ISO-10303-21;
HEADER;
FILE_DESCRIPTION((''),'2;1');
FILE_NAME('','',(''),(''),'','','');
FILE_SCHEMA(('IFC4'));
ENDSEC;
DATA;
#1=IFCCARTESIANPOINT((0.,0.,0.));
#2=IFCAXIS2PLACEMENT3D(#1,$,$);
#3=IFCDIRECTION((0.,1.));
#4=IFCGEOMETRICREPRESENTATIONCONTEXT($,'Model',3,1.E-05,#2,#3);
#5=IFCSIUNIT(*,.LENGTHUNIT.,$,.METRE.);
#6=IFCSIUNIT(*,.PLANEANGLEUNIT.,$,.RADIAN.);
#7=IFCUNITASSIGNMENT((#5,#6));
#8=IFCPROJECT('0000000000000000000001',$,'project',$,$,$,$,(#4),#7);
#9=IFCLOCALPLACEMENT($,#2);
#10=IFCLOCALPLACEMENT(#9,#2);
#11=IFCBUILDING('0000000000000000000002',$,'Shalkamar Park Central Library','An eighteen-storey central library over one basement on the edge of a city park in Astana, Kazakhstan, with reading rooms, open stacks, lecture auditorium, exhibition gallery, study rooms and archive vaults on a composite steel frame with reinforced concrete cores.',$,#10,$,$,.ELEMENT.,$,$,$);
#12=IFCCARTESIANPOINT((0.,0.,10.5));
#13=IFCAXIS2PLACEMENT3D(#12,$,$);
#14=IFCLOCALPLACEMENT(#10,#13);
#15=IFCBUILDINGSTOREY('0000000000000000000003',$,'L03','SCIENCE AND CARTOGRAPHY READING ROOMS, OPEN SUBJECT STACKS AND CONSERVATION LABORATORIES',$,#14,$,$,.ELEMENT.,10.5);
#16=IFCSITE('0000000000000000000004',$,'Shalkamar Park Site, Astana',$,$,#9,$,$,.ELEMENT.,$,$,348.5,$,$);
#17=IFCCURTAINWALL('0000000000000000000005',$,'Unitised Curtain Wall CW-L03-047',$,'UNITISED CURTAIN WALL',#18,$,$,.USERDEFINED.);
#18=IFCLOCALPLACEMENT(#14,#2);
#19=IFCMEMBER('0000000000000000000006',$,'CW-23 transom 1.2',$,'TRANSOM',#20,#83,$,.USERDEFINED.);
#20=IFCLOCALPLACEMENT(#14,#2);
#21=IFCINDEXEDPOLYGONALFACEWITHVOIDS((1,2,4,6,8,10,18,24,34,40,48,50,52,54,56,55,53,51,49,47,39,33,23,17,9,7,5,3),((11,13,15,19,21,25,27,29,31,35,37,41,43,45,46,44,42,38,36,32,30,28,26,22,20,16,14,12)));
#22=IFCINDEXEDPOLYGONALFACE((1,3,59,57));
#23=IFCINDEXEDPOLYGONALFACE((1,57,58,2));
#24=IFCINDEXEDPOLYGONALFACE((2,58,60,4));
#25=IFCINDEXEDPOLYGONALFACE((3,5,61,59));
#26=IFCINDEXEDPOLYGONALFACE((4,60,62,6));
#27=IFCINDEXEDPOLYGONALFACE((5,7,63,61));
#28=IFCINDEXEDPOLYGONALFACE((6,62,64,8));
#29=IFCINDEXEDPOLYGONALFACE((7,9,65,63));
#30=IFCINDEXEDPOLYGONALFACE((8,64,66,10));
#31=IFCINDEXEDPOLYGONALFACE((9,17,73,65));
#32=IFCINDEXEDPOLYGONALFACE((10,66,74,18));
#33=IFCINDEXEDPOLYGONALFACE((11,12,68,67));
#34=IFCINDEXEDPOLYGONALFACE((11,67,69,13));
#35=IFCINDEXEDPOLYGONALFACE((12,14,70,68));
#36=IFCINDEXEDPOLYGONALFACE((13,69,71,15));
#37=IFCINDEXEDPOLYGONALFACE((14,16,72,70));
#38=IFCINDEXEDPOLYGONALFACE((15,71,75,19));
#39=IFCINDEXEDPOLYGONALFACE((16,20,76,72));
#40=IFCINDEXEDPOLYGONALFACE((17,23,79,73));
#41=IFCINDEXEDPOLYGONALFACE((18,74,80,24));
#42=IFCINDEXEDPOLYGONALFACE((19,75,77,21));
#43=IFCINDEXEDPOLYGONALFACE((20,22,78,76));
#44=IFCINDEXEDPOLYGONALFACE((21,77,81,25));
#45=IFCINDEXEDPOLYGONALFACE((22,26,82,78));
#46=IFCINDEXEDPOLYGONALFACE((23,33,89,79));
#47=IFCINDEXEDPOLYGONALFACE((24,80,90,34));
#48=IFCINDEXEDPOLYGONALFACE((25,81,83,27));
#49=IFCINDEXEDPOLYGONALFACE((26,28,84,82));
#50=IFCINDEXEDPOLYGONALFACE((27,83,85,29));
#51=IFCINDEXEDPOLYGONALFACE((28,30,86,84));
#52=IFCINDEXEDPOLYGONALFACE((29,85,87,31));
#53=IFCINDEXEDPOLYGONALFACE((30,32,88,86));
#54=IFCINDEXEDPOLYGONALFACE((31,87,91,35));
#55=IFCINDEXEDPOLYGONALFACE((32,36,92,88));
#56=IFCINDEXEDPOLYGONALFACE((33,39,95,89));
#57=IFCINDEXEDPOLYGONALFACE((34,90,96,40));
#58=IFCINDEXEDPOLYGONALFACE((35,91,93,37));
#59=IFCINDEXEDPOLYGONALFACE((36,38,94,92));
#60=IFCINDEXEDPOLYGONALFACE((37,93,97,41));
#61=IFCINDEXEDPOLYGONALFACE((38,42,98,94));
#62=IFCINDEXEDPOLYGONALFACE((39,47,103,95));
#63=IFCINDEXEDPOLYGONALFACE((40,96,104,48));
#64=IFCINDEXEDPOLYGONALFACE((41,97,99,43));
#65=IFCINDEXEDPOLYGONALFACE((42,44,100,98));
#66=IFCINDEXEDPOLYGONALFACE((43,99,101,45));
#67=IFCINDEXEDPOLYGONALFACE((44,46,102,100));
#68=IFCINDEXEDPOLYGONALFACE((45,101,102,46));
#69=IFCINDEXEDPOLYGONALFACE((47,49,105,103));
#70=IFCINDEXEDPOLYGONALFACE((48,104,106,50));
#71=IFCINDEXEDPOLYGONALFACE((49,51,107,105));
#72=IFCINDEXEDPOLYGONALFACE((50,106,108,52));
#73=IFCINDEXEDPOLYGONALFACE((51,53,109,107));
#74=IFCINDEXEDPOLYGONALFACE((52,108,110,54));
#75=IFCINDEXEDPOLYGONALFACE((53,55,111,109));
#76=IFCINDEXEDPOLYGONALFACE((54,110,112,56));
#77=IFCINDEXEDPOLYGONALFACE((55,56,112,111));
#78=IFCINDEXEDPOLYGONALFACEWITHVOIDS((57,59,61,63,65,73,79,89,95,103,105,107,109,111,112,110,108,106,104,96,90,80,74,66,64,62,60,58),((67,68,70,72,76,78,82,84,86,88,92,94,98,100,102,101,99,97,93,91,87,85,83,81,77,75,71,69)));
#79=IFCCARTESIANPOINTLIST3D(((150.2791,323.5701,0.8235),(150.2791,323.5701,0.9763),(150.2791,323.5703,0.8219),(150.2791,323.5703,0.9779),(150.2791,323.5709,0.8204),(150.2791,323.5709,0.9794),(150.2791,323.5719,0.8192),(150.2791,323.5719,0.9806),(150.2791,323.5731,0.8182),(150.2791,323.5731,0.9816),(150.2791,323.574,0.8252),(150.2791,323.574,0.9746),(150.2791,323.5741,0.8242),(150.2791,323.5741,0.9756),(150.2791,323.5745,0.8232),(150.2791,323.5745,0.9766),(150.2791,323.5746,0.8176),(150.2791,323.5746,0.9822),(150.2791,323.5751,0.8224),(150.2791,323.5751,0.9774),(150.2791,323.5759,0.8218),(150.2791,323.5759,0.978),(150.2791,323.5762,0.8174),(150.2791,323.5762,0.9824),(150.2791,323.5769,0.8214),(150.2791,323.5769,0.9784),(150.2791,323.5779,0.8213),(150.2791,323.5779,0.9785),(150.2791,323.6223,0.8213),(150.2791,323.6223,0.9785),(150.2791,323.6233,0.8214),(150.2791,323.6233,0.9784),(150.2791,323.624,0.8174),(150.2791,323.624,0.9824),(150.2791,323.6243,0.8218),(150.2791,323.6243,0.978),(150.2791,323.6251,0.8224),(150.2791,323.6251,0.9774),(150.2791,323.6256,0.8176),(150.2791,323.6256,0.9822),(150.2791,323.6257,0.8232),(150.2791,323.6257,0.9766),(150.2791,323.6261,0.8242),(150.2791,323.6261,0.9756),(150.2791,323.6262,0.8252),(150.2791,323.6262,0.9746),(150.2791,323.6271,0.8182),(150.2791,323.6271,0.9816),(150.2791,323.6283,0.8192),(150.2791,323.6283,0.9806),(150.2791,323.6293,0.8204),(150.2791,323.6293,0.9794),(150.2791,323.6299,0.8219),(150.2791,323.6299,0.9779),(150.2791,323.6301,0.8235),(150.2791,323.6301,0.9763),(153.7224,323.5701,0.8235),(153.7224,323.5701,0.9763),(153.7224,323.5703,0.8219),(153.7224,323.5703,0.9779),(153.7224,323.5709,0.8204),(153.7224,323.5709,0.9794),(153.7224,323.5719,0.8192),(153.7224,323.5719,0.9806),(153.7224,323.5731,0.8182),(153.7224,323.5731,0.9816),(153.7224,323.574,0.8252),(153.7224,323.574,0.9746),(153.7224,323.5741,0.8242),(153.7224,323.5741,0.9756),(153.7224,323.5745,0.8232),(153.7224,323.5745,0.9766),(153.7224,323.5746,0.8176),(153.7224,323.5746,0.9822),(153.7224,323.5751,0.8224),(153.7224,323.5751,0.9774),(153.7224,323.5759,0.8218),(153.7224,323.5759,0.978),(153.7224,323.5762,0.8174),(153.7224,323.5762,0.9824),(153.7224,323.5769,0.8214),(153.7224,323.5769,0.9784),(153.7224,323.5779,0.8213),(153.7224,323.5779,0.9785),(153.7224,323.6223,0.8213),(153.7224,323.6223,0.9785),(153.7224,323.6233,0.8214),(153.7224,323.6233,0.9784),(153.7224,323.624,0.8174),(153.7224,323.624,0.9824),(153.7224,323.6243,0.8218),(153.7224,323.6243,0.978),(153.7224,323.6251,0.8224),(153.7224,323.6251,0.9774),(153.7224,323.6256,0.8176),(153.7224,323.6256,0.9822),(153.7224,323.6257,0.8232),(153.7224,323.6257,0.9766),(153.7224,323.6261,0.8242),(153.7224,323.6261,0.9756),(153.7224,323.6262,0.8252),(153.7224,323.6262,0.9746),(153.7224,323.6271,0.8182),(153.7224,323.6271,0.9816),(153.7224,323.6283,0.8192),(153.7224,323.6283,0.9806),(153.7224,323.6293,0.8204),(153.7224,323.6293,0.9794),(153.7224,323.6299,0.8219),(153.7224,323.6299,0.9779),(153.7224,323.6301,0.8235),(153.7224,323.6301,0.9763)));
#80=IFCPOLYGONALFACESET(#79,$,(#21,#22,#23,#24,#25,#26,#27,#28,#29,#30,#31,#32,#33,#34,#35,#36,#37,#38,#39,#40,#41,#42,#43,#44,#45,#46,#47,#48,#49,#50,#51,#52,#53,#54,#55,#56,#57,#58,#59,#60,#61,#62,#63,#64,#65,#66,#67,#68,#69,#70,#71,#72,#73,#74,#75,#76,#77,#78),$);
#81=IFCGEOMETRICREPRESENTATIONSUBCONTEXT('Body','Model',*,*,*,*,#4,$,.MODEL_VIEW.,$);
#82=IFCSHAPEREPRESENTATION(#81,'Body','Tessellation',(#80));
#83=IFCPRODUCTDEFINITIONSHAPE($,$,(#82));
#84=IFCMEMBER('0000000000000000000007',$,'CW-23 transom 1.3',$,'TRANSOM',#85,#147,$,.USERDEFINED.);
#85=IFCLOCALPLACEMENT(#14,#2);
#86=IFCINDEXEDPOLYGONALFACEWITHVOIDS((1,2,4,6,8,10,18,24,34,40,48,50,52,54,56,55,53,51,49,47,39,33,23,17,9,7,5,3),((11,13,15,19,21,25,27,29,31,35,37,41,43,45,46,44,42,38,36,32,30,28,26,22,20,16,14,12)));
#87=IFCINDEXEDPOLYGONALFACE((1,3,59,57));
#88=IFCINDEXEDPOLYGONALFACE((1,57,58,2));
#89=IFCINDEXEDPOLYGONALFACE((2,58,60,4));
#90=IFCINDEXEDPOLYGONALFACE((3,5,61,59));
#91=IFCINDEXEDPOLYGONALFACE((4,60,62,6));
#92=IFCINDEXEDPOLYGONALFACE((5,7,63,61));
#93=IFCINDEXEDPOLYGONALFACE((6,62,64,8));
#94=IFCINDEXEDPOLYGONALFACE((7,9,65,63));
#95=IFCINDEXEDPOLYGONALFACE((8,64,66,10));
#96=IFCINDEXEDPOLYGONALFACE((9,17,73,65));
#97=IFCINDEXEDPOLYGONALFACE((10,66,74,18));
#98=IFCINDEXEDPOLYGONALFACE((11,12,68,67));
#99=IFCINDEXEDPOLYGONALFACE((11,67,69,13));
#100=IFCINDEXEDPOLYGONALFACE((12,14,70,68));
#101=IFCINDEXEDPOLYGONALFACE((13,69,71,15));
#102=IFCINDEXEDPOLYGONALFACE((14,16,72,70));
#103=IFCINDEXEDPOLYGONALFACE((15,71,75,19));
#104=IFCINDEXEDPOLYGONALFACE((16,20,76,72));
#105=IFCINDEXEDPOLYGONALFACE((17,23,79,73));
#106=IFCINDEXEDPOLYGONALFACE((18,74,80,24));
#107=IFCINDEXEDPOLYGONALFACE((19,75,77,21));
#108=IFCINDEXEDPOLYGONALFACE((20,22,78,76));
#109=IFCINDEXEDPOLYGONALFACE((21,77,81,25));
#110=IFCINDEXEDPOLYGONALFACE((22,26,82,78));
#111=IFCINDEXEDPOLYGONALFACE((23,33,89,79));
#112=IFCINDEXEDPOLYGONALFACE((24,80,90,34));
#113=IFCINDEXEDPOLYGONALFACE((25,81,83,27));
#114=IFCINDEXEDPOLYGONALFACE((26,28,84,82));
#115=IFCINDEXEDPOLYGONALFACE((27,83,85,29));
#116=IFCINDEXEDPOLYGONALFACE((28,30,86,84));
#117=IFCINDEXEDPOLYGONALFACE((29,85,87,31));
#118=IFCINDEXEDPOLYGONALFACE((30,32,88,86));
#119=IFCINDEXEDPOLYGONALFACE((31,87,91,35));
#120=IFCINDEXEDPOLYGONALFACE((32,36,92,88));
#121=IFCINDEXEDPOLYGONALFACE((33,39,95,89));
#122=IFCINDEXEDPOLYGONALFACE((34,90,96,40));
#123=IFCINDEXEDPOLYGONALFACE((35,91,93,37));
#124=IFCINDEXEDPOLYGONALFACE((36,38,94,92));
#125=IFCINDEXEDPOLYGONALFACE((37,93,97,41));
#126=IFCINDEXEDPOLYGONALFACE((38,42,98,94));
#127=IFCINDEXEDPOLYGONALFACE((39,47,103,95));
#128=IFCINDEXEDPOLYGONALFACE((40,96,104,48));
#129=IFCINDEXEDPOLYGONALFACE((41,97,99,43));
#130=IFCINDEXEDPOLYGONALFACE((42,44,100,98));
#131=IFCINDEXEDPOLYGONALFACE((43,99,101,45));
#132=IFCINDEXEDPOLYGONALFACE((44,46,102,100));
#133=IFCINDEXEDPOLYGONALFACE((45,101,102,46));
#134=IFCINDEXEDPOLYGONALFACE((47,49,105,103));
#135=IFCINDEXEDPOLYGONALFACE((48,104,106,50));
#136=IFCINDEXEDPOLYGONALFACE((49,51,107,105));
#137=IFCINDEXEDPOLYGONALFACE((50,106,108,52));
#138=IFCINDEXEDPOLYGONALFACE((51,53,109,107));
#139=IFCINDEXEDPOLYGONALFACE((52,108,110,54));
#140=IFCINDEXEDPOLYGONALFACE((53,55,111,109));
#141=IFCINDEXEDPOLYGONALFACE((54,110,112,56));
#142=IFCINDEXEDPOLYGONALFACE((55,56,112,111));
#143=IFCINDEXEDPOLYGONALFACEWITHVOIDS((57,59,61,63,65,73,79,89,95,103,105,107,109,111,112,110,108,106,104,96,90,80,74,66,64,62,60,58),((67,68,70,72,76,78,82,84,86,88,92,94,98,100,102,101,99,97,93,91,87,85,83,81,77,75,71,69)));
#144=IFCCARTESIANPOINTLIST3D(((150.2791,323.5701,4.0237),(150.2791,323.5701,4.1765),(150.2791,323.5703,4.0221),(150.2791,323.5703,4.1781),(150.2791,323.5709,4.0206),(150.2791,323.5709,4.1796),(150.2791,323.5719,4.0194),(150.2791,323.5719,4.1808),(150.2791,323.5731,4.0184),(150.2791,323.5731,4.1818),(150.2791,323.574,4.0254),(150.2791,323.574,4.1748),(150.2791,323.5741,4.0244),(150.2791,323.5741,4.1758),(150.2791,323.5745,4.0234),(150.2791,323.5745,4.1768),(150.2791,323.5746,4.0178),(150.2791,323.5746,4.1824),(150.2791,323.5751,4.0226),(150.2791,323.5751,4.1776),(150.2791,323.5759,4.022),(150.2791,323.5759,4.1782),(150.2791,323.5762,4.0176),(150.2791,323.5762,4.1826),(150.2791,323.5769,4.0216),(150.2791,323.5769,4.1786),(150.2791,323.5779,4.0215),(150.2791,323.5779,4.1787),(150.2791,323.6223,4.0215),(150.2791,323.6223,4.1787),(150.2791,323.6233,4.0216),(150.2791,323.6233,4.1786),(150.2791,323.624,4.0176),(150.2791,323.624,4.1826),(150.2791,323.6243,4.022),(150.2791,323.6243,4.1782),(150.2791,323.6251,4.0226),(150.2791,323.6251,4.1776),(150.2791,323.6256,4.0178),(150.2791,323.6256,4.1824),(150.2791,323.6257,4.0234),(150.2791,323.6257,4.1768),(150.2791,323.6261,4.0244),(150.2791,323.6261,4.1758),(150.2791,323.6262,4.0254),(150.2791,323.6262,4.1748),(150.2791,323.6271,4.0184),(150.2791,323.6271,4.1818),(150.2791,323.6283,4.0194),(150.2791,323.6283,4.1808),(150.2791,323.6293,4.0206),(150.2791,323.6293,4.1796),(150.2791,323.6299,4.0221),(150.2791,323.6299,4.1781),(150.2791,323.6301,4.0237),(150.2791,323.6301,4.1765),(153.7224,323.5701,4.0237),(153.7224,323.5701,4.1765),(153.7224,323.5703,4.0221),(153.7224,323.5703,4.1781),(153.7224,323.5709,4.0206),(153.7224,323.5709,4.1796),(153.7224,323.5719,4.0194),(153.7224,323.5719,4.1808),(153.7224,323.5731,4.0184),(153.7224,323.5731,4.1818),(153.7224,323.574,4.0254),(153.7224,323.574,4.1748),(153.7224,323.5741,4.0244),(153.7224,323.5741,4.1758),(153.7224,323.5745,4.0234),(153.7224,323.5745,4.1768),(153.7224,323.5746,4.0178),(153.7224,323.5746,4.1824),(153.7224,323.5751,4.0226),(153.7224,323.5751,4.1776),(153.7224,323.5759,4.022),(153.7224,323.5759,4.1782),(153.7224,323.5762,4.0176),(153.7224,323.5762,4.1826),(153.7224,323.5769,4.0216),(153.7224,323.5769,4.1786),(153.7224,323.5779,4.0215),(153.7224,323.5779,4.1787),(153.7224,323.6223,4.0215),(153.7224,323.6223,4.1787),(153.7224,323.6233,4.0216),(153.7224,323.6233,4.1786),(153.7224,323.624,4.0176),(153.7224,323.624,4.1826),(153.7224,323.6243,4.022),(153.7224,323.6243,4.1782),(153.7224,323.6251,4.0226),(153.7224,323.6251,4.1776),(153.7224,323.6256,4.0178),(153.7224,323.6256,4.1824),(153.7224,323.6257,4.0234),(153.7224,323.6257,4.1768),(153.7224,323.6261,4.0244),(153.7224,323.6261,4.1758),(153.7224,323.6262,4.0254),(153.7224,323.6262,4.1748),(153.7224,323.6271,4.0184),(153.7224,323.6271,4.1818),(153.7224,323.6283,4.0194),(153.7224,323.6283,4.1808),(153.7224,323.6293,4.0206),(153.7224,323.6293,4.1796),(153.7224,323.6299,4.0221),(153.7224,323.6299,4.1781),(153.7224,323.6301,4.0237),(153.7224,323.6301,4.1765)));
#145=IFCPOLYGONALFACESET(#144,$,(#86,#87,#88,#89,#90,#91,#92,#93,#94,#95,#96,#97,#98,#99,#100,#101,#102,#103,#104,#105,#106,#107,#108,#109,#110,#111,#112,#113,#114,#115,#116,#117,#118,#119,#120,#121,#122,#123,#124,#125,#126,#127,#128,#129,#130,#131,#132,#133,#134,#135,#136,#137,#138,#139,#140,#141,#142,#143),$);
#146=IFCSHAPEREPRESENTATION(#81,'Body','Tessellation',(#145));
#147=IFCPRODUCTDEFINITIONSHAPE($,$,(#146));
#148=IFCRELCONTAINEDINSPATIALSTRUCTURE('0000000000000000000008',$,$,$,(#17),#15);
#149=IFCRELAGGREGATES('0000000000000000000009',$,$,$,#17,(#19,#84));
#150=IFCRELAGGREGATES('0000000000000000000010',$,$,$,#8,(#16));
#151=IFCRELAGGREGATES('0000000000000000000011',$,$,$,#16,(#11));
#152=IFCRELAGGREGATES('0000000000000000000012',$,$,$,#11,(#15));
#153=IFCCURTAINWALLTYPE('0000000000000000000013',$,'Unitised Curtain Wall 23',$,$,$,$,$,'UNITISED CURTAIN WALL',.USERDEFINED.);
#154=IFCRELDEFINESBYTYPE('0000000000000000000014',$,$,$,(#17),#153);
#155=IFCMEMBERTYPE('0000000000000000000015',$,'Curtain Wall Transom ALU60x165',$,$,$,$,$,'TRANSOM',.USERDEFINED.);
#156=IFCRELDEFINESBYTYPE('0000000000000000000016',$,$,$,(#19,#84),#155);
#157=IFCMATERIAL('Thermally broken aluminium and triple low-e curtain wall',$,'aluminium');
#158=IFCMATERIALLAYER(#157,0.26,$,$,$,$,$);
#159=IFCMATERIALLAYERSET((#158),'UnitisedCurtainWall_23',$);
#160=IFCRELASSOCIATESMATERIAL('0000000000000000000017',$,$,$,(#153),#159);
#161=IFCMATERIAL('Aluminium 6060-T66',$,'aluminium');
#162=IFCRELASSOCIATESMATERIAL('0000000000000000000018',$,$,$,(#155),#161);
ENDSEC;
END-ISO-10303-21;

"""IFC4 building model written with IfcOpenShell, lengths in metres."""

from ifc_helpers import new_model, si_unit, direction, frame, origin, origin_2d, place, context, subcontext, project, spatial, hollow_rectangle, extrude, material, layer, layer_set, material_profile, profile_set, type_object, element, aggregate, save


model = new_model("IFC4")

# Units and contexts
model_context = context("Model", 3, precision=1e-05, world=origin(), true_north=direction((0.0, 1.0)))
body_context = subcontext(model_context, "Body", "Model", "MODEL_VIEW")
ifc_project = project(units=[si_unit("LENGTHUNIT", "METRE"), si_unit("PLANEANGLEUNIT", "RADIAN")], contexts=[model_context])

# Site, building, storey
site_placement = place(None, origin())
site = spatial("IfcSite", under=ifc_project, at=site_placement, Name="Shalkamar Park Site, Astana", CompositionType="ELEMENT", RefElevation=348.5)
building_placement = place(site_placement, origin())
building = spatial("IfcBuilding", under=site, at=building_placement, Name="Shalkamar Park Central Library", Description="An eighteen-storey central library over one basement on the edge of a city park in Astana, Kazakhstan, with reading rooms, open stacks, lecture auditorium, exhibition gallery, study rooms and archive vaults on a composite steel frame with reinforced concrete cores.", CompositionType="ELEMENT")
storey_placement = place(building_placement, frame((0.0, 0.0, 10.5)))
storey = spatial("IfcBuildingStorey", under=building, at=storey_placement, Name="L03", Description="SCIENCE AND CARTOGRAPHY READING ROOMS, OPEN SUBJECT STACKS AND CONSERVATION LABORATORIES", CompositionType="ELEMENT", Elevation=10.5)

# Curtain wall
ifc_material_1 = material(Name="Thermally broken aluminium and triple low-e curtain wall", Category="aluminium")
ifc_layer_1 = layer(ifc_material_1, 0.26)
ifc_layer_set_1 = layer_set([ifc_layer_1], Name="UnitisedCurtainWall_23")
curtain_wall_type_1 = type_object("IfcCurtainWallType", Name="Unitised Curtain Wall 23", ElementType="UNITISED CURTAIN WALL", PredefinedType="USERDEFINED", material=ifc_layer_set_1)
curtain_wall_1_placement = place(storey_placement, origin())
curtain_wall_1 = element("IfcCurtainWall", 1, at=curtain_wall_1_placement, inside=storey, type_object=curtain_wall_type_1, Name="Unitised Curtain Wall CW-L03-047", ObjectType="UNITISED CURTAIN WALL", PredefinedType="USERDEFINED")
ifc_material_2 = material(Name="Aluminium 6060-T66", Category="aluminium")

# Members
ifc_material_profile_1 = material_profile(ifc_material_2, hollow_rectangle(XDim=0.0601, YDim=0.165, WallThickness=0.0039, InnerFilletRadius=0.0039, OuterFilletRadius=0.0061, at=origin_2d()), Name="ALU 60x165x4")
ifc_profile_set_1 = profile_set([ifc_material_profile_1], Name="Aluminium 6060-T66")
member_type_1 = type_object("IfcMemberType", Name="Curtain Wall Transom ALU60x165", ElementType="TRANSOM", PredefinedType="USERDEFINED", material=ifc_profile_set_1)
member_1_placement = place(storey_placement, frame((150.2791, 323.6001, 0.8999), z_axis=(1.0, 0.0, 0.0), x_axis=(0.0, 1.0, 0.0)))
member_1 = element("IfcMember", 2, at=member_1_placement, type_object=member_type_1, Name="CW-23 transom 1.2", ObjectType="TRANSOM", PredefinedType="USERDEFINED", context=body_context, shape_type="SweptSolid", body=[
    extrude(hollow_rectangle(XDim=0.0601, YDim=0.165, WallThickness=0.0039, InnerFilletRadius=0.0039, OuterFilletRadius=0.0061, at=origin_2d()), origin(), (0.0, 0.0, 1.0), 3.4434),
])
member_2_placement = place(storey_placement, frame((150.2791, 323.6001, 4.1001), z_axis=(1.0, 0.0, 0.0), x_axis=(0.0, 1.0, 0.0)))
member_2 = element("IfcMember", 3, at=member_2_placement, type_object=member_type_1, Name="CW-23 transom 1.3", ObjectType="TRANSOM", PredefinedType="USERDEFINED", context=body_context, shape_type="SweptSolid", body=[
    extrude(hollow_rectangle(XDim=0.0601, YDim=0.165, WallThickness=0.0039, InnerFilletRadius=0.0039, OuterFilletRadius=0.0061, at=origin_2d()), origin(), (0.0, 0.0, 1.0), 3.4434),
])

aggregate(curtain_wall_1, [member_1, member_2])

save(model, "model.ifc")
